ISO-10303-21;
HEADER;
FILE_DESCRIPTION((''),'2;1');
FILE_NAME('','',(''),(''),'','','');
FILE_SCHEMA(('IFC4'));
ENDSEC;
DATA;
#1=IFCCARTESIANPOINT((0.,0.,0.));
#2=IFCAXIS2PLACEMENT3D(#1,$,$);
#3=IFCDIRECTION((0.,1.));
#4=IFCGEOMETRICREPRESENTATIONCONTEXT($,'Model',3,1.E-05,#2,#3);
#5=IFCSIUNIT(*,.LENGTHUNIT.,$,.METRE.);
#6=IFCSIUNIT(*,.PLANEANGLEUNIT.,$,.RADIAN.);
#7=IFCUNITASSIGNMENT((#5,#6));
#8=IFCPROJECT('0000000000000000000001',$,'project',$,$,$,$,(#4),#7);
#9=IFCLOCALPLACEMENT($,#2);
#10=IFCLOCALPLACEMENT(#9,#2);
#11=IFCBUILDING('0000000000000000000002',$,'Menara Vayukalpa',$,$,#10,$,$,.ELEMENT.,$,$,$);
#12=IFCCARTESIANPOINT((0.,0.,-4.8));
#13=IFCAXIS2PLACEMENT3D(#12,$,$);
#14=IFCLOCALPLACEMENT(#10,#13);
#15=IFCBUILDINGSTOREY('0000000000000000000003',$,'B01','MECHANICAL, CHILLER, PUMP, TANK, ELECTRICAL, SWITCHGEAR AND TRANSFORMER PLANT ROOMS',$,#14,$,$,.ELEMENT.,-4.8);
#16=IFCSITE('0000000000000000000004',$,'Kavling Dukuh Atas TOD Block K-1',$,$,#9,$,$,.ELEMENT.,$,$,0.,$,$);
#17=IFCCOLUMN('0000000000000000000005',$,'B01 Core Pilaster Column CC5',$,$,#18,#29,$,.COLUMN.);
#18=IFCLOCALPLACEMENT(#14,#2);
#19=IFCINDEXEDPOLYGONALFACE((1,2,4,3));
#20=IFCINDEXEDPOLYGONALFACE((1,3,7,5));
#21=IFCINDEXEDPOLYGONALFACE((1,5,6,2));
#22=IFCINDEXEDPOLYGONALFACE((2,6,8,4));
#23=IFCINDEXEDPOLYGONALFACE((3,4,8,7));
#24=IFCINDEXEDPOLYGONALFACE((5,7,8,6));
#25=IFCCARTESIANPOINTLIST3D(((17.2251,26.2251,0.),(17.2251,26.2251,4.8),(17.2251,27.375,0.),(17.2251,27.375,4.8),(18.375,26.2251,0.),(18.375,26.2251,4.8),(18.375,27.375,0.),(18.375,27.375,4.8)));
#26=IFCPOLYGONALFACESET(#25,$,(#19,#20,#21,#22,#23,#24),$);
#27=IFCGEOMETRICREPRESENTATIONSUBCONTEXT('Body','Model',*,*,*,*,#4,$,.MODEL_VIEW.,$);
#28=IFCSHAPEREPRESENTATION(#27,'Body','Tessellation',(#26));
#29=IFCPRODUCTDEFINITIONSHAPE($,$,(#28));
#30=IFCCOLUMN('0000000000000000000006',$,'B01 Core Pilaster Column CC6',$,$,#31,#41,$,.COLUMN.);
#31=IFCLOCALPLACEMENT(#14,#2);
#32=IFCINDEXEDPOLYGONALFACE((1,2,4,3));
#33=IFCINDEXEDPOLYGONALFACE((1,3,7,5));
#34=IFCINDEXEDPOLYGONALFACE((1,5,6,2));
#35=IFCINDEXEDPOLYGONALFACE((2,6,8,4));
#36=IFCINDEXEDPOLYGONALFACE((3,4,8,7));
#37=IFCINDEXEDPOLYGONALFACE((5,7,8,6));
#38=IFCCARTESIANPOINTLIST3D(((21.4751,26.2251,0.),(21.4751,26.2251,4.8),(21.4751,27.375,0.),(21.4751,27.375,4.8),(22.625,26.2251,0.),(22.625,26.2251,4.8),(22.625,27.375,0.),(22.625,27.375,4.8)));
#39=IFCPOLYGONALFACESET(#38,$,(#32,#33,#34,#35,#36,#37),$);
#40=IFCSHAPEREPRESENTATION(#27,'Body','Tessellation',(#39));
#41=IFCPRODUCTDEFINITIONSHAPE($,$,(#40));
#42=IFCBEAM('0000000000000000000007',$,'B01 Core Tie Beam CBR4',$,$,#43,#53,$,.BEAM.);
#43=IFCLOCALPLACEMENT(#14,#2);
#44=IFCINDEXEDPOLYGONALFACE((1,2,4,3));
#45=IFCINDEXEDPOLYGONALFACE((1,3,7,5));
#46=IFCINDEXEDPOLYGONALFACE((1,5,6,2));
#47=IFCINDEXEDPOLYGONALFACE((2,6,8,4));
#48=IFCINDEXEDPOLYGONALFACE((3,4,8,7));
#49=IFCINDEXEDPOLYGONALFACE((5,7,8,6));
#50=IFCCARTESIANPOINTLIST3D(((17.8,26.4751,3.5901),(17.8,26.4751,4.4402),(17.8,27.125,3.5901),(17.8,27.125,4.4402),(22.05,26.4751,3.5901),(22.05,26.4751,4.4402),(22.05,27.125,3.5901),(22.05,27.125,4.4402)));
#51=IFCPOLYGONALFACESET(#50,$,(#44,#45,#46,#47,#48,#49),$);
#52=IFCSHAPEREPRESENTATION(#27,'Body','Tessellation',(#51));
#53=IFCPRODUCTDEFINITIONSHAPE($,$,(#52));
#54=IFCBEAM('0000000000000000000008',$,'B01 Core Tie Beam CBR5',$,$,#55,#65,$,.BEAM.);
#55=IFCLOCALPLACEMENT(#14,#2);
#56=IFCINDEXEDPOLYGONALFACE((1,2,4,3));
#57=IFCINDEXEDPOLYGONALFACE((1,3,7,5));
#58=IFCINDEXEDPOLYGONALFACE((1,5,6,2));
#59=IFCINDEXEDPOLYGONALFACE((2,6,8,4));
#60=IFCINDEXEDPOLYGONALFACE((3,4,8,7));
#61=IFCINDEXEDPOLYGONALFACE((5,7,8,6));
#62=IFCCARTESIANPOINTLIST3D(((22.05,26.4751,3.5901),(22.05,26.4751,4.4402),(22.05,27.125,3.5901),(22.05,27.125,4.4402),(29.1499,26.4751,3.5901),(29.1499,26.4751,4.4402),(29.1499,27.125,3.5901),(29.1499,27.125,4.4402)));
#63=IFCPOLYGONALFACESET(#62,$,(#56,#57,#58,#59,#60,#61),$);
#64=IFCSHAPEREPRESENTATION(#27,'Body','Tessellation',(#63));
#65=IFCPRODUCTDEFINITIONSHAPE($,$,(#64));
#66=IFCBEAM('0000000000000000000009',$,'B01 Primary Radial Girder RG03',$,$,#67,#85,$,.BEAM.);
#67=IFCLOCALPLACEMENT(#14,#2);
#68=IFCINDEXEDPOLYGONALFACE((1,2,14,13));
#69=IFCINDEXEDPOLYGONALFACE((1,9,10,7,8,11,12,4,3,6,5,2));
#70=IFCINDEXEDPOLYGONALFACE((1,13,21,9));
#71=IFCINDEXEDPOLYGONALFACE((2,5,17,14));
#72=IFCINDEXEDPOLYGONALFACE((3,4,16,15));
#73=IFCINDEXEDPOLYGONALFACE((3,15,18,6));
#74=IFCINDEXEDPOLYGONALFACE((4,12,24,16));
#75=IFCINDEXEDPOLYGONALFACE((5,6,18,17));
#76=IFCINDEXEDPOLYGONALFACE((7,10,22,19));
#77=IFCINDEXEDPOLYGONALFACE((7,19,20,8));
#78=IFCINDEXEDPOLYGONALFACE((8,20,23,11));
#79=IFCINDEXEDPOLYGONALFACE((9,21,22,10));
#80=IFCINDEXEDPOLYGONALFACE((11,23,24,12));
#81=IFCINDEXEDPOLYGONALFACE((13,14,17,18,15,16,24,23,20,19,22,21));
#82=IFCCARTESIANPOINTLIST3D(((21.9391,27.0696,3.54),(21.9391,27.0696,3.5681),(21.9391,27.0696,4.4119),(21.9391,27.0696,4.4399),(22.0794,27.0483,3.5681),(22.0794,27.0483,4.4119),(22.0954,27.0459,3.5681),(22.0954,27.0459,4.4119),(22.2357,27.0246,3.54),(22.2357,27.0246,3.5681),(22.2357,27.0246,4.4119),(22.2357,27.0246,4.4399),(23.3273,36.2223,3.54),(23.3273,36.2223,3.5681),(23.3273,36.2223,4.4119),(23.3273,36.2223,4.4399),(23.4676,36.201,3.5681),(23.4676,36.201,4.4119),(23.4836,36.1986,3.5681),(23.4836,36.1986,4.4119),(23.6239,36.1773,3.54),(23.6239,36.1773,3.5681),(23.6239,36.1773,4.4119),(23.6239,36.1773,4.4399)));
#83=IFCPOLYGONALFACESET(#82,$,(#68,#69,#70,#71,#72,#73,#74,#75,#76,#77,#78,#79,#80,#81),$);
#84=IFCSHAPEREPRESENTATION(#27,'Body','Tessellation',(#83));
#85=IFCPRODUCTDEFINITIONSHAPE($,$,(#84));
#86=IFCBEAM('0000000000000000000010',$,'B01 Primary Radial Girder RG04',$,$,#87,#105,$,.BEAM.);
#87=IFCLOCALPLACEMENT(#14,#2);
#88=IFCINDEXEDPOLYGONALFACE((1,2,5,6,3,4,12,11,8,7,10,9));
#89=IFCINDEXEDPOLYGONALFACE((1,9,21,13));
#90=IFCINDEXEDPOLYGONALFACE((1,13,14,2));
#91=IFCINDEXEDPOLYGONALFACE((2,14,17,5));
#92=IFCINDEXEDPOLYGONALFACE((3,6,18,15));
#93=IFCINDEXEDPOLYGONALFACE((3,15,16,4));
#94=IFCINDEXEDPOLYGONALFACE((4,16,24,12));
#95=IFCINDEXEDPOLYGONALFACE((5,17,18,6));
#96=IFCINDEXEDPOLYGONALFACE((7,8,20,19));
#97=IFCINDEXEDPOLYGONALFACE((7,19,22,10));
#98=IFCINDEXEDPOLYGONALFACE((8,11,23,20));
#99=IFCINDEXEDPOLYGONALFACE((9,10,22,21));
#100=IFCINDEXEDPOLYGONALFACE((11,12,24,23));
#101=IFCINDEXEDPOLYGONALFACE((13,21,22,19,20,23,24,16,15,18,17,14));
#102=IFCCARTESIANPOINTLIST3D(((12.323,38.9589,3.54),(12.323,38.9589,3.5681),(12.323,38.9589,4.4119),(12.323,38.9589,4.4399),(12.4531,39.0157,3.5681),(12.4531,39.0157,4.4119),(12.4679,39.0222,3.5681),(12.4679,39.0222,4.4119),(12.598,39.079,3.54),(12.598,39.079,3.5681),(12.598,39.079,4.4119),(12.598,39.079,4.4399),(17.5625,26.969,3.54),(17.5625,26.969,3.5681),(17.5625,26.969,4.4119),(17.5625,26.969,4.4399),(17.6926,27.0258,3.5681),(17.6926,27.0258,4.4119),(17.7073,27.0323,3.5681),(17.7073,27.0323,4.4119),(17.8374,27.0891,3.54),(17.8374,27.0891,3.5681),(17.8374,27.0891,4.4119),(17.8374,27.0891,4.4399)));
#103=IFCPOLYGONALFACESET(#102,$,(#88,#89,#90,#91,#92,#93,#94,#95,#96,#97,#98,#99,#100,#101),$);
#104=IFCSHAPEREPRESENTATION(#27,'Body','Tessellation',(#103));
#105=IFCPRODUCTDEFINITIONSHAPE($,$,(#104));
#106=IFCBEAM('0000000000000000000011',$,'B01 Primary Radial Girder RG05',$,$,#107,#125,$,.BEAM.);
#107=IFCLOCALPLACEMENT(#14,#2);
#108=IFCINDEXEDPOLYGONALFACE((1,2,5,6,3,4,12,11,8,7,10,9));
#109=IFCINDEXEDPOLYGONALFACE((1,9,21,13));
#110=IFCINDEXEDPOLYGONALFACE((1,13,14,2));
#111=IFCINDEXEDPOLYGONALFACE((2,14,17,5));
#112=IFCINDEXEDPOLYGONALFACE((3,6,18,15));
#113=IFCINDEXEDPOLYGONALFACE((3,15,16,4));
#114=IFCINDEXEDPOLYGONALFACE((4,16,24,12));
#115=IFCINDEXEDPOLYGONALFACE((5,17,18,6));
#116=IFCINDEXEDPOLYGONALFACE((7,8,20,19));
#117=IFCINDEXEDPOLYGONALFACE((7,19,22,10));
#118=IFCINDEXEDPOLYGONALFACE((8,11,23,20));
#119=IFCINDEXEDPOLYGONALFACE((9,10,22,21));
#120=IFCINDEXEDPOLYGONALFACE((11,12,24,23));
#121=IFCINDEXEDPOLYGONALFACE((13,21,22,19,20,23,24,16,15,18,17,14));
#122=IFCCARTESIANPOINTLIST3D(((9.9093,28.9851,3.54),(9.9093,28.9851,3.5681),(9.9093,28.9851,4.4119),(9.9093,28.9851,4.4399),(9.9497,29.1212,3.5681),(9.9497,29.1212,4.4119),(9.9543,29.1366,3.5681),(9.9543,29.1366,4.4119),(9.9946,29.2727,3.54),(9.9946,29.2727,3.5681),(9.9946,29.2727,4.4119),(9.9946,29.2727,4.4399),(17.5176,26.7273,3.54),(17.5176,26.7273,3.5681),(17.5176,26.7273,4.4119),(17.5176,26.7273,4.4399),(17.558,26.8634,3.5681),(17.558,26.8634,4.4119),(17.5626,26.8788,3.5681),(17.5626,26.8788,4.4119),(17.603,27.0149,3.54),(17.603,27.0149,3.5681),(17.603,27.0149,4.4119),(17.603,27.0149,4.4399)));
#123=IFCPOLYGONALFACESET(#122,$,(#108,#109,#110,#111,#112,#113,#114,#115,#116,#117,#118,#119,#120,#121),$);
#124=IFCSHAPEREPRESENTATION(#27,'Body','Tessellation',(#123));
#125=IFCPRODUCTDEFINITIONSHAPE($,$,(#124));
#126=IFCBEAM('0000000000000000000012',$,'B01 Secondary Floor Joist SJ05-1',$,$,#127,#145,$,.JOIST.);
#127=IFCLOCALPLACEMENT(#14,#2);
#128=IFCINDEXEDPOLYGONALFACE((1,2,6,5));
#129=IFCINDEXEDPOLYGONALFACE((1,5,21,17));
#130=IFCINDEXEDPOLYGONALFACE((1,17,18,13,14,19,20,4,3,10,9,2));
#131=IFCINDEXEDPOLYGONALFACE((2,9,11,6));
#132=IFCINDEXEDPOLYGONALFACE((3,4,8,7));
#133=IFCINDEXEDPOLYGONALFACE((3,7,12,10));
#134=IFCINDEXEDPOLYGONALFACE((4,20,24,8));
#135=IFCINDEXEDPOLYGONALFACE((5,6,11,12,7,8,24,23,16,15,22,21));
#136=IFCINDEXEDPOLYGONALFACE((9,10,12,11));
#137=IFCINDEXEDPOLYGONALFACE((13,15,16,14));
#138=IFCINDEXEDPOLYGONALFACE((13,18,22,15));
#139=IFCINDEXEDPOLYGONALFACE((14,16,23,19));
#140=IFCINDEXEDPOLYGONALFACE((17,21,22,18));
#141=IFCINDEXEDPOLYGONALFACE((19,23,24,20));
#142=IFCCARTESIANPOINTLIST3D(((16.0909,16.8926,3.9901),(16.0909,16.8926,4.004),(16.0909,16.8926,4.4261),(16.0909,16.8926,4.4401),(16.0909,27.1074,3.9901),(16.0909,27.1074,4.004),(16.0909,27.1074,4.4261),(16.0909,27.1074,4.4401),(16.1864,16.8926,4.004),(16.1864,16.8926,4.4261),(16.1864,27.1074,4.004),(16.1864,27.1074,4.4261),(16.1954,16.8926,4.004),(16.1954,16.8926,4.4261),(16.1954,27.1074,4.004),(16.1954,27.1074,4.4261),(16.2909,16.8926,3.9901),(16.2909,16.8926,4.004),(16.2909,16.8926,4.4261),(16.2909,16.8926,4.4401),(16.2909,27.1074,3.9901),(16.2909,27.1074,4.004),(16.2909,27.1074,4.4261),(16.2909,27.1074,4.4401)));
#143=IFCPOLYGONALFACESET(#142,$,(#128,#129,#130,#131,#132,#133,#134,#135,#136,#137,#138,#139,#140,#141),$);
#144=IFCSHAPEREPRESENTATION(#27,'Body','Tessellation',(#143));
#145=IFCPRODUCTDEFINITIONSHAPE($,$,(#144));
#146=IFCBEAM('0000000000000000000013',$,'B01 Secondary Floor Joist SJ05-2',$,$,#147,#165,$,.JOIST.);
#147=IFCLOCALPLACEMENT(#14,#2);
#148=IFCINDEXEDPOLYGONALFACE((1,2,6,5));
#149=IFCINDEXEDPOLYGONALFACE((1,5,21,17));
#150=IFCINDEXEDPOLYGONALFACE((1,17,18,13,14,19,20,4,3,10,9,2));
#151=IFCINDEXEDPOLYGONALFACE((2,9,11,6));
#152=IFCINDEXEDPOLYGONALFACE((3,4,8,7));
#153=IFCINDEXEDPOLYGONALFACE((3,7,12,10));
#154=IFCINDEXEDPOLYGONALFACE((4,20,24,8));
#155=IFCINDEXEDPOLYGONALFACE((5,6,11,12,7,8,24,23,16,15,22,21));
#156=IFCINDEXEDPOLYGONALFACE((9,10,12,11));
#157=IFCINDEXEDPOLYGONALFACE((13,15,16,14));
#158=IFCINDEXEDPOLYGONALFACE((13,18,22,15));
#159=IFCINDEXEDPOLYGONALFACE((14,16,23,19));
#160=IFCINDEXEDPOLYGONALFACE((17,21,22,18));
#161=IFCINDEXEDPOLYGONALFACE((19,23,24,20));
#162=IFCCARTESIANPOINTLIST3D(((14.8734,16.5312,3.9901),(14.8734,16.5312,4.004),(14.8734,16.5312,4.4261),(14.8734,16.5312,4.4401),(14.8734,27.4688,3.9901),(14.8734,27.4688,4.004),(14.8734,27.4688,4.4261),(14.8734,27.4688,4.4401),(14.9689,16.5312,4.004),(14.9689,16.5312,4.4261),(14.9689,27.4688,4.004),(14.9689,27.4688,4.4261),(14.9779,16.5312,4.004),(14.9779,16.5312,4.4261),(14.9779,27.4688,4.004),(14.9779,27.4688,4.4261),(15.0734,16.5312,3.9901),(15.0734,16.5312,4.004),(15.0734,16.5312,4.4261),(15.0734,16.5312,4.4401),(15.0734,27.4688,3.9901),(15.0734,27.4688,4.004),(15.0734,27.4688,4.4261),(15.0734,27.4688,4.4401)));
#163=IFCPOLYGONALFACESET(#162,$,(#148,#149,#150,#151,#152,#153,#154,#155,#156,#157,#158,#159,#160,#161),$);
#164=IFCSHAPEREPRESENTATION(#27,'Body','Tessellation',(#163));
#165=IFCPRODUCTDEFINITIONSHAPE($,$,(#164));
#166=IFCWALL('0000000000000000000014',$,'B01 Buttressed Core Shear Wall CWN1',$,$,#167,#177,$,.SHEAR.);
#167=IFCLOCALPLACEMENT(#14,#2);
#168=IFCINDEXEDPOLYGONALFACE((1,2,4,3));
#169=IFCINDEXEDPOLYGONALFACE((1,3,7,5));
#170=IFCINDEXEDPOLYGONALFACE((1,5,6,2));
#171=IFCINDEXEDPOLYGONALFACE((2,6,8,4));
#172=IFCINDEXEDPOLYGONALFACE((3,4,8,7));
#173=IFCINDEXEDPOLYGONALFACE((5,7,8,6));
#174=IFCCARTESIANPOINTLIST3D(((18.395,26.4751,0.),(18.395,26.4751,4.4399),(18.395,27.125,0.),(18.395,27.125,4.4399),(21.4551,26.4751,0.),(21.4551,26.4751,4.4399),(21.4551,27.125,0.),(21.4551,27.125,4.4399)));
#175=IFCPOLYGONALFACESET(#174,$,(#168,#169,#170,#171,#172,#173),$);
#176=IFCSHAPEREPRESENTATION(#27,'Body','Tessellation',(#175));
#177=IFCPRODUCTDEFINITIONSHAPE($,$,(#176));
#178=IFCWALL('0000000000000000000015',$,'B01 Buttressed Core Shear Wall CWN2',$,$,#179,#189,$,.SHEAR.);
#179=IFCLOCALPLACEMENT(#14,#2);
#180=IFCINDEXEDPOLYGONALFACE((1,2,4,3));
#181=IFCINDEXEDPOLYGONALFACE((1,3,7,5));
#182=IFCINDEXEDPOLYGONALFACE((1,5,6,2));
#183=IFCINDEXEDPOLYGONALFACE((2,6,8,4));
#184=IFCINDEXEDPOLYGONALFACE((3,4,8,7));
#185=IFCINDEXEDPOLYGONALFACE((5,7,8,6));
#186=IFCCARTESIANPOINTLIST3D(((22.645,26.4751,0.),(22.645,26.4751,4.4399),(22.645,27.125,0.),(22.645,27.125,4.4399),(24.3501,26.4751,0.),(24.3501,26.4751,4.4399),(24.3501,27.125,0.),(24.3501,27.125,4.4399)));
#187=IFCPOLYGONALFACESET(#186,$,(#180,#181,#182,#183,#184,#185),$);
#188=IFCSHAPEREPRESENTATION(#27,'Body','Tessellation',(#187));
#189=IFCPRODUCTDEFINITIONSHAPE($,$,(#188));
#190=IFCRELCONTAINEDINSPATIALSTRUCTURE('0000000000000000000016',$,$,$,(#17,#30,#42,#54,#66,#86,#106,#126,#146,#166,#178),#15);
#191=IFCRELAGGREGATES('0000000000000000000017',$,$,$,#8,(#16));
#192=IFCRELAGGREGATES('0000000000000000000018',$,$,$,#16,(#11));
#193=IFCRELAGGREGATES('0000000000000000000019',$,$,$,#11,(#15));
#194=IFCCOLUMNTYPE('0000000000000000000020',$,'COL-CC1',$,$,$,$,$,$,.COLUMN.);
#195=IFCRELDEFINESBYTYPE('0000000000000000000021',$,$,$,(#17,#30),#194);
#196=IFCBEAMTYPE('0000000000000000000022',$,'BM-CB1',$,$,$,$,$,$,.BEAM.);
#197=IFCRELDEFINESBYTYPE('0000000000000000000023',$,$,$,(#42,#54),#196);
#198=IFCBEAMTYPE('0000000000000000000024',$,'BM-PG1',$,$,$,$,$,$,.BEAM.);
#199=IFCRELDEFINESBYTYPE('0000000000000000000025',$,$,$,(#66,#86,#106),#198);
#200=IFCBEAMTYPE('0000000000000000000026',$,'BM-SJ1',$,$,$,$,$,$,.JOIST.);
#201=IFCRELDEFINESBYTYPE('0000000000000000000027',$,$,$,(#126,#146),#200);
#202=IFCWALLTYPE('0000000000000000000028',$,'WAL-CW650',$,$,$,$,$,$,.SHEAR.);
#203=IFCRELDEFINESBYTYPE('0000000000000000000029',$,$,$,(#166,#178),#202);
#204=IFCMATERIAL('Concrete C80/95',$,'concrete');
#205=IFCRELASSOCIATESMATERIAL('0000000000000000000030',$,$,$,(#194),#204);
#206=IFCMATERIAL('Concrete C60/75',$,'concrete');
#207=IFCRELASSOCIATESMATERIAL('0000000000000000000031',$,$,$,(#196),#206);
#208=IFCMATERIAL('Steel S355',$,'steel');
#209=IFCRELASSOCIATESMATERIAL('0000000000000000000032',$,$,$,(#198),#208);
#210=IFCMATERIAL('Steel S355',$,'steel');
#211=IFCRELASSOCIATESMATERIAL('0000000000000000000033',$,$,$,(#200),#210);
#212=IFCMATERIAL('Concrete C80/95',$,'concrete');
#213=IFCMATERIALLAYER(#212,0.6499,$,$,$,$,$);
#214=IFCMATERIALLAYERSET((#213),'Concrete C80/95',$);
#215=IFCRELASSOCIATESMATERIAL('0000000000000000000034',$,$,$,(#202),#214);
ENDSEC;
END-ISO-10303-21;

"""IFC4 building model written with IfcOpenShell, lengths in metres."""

from ifc_helpers import new_model, si_unit, direction, frame, frame_2d, origin, origin_2d, place, context, subcontext, project, spatial, rectangle, i_section, extrude, material, layer, layer_set, material_profile, profile_set, type_object, element, save


model = new_model("IFC4")

# Units and contexts
model_context = context("Model", 3, precision=1e-05, world=origin(), true_north=direction((0.0, 1.0)))
body_context = subcontext(model_context, "Body", "Model", "MODEL_VIEW")
ifc_project = project(units=[si_unit("LENGTHUNIT", "METRE"), si_unit("PLANEANGLEUNIT", "RADIAN")], contexts=[model_context])

# Site, building, storey
site_placement = place(None, origin())
site = spatial("IfcSite", under=ifc_project, at=site_placement, Name="Kavling Dukuh Atas TOD Block K-1", CompositionType="ELEMENT", RefElevation=0.0)
building_placement = place(site_placement, origin())
building = spatial("IfcBuilding", under=site, at=building_placement, Name="Menara Vayukalpa", CompositionType="ELEMENT")
storey_placement = place(building_placement, frame((0.0, 0.0, -4.8)))
storey = spatial("IfcBuildingStorey", under=building, at=storey_placement, Name="B01", Description="MECHANICAL, CHILLER, PUMP, TANK, ELECTRICAL, SWITCHGEAR AND TRANSFORMER PLANT ROOMS", CompositionType="ELEMENT", Elevation=-4.8)

# Columns
ifc_material_1 = material(Name="Concrete C80/95", Category="concrete")
ifc_material_profile_1 = material_profile(ifc_material_1, rectangle(XDim=1.1499, YDim=1.1499, at=origin_2d()), Name="RC 1150x1150")
ifc_profile_set_1 = profile_set([ifc_material_profile_1], Name="Concrete C80/95")
column_type = type_object("IfcColumnType", Name="COL-CC1", PredefinedType="COLUMN", material=ifc_profile_set_1)
for number, where, z_axis, x_axis, name in (
    (1, (17.8, 26.8, 0.0), (0.0, 0.0, 1.0), (1.0, 0.0, 0.0), "B01 Core Pilaster Column CC5"),
    (2, (22.05, 26.8, 0.0), (0.0, 0.0, 1.0), (1.0, 0.0, 0.0), "B01 Core Pilaster Column CC6"),
):
    element("IfcColumn", number, at=place(storey_placement, frame(where, z_axis=z_axis, x_axis=x_axis)), inside=storey, type_object=column_type, Name=name, PredefinedType="COLUMN", context=body_context, shape_type="SweptSolid", body=[
        extrude(rectangle(XDim=1.1499, YDim=1.1499, at=origin_2d()), origin(), (0.0, 0.0, 1.0), 4.8),
    ])

# Beams
ifc_material_2 = material(Name="Concrete C60/75", Category="concrete")
ifc_material_profile_2 = material_profile(ifc_material_2, rectangle(XDim=0.6499, YDim=0.8501, at=origin_2d()), Name="RC 650x850")
ifc_profile_set_2 = profile_set([ifc_material_profile_2], Name="Concrete C60/75")
beam_type_1 = type_object("IfcBeamType", Name="BM-CB1", PredefinedType="BEAM", material=ifc_profile_set_2)
beam_1_placement = place(storey_placement, frame((17.8, 26.8, 4.0151), z_axis=(1.0, 0.0, 0.0), x_axis=(0.0, 1.0, 0.0)))
element("IfcBeam", 3, at=beam_1_placement, inside=storey, type_object=beam_type_1, Name="B01 Core Tie Beam CBR4", PredefinedType="BEAM", context=body_context, shape_type="SweptSolid", body=[
    extrude(rectangle(XDim=0.6499, YDim=0.8501, at=origin_2d()), origin(), (0.0, 0.0, 1.0), 4.25),
])
beam_2_placement = place(storey_placement, frame((22.05, 26.8, 4.0151), z_axis=(1.0, 0.0, 0.0), x_axis=(0.0, 1.0, 0.0)))
element("IfcBeam", 4, at=beam_2_placement, inside=storey, type_object=beam_type_1, Name="B01 Core Tie Beam CBR5", PredefinedType="BEAM", context=body_context, shape_type="SweptSolid", body=[
    extrude(rectangle(XDim=0.6499, YDim=0.8501, at=origin_2d()), origin(), (0.0, 0.0, 1.0), 7.0999),
])
ifc_material_3 = material(Name="Steel S355", Category="steel")
ifc_material_profile_3 = material_profile(ifc_material_3, i_section(OverallWidth=0.3, OverallDepth=0.8999, WebThickness=0.0161, FlangeThickness=0.0281, at=origin_2d()), Name="WF 900x300x16x28")
ifc_profile_set_3 = profile_set([ifc_material_profile_3], Name="Steel S355")
beam_type_2 = type_object("IfcBeamType", Name="BM-PG1", PredefinedType="BEAM", material=ifc_profile_set_3)
beam_3_placement = place(storey_placement, frame((22.0874, 27.0471, 3.99), z_axis=(0.149956, 0.988693, 0.0), x_axis=(-0.988693, 0.149956, 0.0)))
element("IfcBeam", 5, at=beam_3_placement, inside=storey, type_object=beam_type_2, Name="B01 Primary Radial Girder RG03", PredefinedType="BEAM", context=body_context, shape_type="SweptSolid", body=[
    extrude(i_section(OverallWidth=0.3, OverallDepth=0.8999, WebThickness=0.0161, FlangeThickness=0.0281, at=origin_2d()), origin(), (0.0, 0.0, 1.0), 9.2573),
])
beam_4_placement = place(storey_placement, frame((17.7, 27.0291, 3.99), z_axis=(-0.400426, 0.916329, 0.0), x_axis=(-0.916329, -0.400426, 0.0)))
element("IfcBeam", 6, at=beam_4_placement, inside=storey, type_object=beam_type_2, Name="B01 Primary Radial Girder RG04", PredefinedType="BEAM", context=body_context, shape_type="SweptSolid", body=[
    extrude(i_section(OverallWidth=0.3, OverallDepth=0.8999, WebThickness=0.0161, FlangeThickness=0.0281, at=origin_2d()), origin(), (0.0, 0.0, 1.0), 13.0847),
])
beam_5_placement = place(storey_placement, frame((17.5603, 26.8711, 3.99), z_axis=(-0.958679, 0.284491, 0.0), x_axis=(-0.284491, -0.958679, 0.0)))
element("IfcBeam", 7, at=beam_5_placement, inside=storey, type_object=beam_type_2, Name="B01 Primary Radial Girder RG05", PredefinedType="BEAM", context=body_context, shape_type="SweptSolid", body=[
    extrude(i_section(OverallWidth=0.3, OverallDepth=0.8999, WebThickness=0.0161, FlangeThickness=0.0281, at=origin_2d()), origin(), (0.0, 0.0, 1.0), 7.9363),
])
ifc_material_4 = material(Name="Steel S355", Category="steel")
ifc_material_profile_4 = material_profile(ifc_material_4, i_section(OverallWidth=0.2, OverallDepth=0.45, WebThickness=0.009, FlangeThickness=0.0139, at=origin_2d()), Name="WF 450x200x9x14")
ifc_profile_set_4 = profile_set([ifc_material_profile_4], Name="Steel S355")
beam_type_3 = type_object("IfcBeamType", Name="BM-SJ1", PredefinedType="JOIST", material=ifc_profile_set_4)
beam_6_placement = place(storey_placement, frame((16.1909, 27.1074, 4.2151), z_axis=(0.0, -1.0, 0.0), x_axis=(1.0, 0.0, 0.0)))
element("IfcBeam", 8, at=beam_6_placement, inside=storey, type_object=beam_type_3, Name="B01 Secondary Floor Joist SJ05-1", PredefinedType="JOIST", context=body_context, shape_type="SweptSolid", body=[
    extrude(i_section(OverallWidth=0.2, OverallDepth=0.45, WebThickness=0.009, FlangeThickness=0.0139, at=origin_2d()), origin(), (0.0, 0.0, 1.0), 10.2148),
])
beam_7_placement = place(storey_placement, frame((14.9734, 27.4688, 4.2151), z_axis=(0.0, -1.0, 0.0), x_axis=(1.0, 0.0, 0.0)))
element("IfcBeam", 9, at=beam_7_placement, inside=storey, type_object=beam_type_3, Name="B01 Secondary Floor Joist SJ05-2", PredefinedType="JOIST", context=body_context, shape_type="SweptSolid", body=[
    extrude(i_section(OverallWidth=0.2, OverallDepth=0.45, WebThickness=0.009, FlangeThickness=0.0139, at=origin_2d()), origin(), (0.0, 0.0, 1.0), 10.9375),
])

# Walls
ifc_material_5 = material(Name="Concrete C80/95", Category="concrete")
ifc_layer_1 = layer(ifc_material_5, 0.6499)
ifc_layer_set_1 = layer_set([ifc_layer_1], Name="Concrete C80/95")
wall_type_1 = type_object("IfcWallType", Name="WAL-CW650", PredefinedType="SHEAR", material=ifc_layer_set_1)
wall_1_placement = place(storey_placement, frame((18.395, 26.8, 0.0), z_axis=(0.0, 0.0, 1.0), x_axis=(1.0, 0.0, 0.0)))
element("IfcWall", 10, at=wall_1_placement, inside=storey, type_object=wall_type_1, Name="B01 Buttressed Core Shear Wall CWN1", PredefinedType="SHEAR", context=body_context, shape_type="SweptSolid", body=[
    extrude(rectangle(XDim=3.0601, YDim=0.6499, at=frame_2d((1.53, 0.0))), origin(), (0.0, 0.0, 1.0), 4.4399),
])
wall_2_placement = place(storey_placement, frame((22.645, 26.8, 0.0), z_axis=(0.0, 0.0, 1.0), x_axis=(1.0, 0.0, 0.0)))
element("IfcWall", 11, at=wall_2_placement, inside=storey, type_object=wall_type_1, Name="B01 Buttressed Core Shear Wall CWN2", PredefinedType="SHEAR", context=body_context, shape_type="SweptSolid", body=[
    extrude(rectangle(XDim=1.7051, YDim=0.6499, at=frame_2d((0.8525, 0.0))), origin(), (0.0, 0.0, 1.0), 4.4399),
])

save(model, "model.ifc")
